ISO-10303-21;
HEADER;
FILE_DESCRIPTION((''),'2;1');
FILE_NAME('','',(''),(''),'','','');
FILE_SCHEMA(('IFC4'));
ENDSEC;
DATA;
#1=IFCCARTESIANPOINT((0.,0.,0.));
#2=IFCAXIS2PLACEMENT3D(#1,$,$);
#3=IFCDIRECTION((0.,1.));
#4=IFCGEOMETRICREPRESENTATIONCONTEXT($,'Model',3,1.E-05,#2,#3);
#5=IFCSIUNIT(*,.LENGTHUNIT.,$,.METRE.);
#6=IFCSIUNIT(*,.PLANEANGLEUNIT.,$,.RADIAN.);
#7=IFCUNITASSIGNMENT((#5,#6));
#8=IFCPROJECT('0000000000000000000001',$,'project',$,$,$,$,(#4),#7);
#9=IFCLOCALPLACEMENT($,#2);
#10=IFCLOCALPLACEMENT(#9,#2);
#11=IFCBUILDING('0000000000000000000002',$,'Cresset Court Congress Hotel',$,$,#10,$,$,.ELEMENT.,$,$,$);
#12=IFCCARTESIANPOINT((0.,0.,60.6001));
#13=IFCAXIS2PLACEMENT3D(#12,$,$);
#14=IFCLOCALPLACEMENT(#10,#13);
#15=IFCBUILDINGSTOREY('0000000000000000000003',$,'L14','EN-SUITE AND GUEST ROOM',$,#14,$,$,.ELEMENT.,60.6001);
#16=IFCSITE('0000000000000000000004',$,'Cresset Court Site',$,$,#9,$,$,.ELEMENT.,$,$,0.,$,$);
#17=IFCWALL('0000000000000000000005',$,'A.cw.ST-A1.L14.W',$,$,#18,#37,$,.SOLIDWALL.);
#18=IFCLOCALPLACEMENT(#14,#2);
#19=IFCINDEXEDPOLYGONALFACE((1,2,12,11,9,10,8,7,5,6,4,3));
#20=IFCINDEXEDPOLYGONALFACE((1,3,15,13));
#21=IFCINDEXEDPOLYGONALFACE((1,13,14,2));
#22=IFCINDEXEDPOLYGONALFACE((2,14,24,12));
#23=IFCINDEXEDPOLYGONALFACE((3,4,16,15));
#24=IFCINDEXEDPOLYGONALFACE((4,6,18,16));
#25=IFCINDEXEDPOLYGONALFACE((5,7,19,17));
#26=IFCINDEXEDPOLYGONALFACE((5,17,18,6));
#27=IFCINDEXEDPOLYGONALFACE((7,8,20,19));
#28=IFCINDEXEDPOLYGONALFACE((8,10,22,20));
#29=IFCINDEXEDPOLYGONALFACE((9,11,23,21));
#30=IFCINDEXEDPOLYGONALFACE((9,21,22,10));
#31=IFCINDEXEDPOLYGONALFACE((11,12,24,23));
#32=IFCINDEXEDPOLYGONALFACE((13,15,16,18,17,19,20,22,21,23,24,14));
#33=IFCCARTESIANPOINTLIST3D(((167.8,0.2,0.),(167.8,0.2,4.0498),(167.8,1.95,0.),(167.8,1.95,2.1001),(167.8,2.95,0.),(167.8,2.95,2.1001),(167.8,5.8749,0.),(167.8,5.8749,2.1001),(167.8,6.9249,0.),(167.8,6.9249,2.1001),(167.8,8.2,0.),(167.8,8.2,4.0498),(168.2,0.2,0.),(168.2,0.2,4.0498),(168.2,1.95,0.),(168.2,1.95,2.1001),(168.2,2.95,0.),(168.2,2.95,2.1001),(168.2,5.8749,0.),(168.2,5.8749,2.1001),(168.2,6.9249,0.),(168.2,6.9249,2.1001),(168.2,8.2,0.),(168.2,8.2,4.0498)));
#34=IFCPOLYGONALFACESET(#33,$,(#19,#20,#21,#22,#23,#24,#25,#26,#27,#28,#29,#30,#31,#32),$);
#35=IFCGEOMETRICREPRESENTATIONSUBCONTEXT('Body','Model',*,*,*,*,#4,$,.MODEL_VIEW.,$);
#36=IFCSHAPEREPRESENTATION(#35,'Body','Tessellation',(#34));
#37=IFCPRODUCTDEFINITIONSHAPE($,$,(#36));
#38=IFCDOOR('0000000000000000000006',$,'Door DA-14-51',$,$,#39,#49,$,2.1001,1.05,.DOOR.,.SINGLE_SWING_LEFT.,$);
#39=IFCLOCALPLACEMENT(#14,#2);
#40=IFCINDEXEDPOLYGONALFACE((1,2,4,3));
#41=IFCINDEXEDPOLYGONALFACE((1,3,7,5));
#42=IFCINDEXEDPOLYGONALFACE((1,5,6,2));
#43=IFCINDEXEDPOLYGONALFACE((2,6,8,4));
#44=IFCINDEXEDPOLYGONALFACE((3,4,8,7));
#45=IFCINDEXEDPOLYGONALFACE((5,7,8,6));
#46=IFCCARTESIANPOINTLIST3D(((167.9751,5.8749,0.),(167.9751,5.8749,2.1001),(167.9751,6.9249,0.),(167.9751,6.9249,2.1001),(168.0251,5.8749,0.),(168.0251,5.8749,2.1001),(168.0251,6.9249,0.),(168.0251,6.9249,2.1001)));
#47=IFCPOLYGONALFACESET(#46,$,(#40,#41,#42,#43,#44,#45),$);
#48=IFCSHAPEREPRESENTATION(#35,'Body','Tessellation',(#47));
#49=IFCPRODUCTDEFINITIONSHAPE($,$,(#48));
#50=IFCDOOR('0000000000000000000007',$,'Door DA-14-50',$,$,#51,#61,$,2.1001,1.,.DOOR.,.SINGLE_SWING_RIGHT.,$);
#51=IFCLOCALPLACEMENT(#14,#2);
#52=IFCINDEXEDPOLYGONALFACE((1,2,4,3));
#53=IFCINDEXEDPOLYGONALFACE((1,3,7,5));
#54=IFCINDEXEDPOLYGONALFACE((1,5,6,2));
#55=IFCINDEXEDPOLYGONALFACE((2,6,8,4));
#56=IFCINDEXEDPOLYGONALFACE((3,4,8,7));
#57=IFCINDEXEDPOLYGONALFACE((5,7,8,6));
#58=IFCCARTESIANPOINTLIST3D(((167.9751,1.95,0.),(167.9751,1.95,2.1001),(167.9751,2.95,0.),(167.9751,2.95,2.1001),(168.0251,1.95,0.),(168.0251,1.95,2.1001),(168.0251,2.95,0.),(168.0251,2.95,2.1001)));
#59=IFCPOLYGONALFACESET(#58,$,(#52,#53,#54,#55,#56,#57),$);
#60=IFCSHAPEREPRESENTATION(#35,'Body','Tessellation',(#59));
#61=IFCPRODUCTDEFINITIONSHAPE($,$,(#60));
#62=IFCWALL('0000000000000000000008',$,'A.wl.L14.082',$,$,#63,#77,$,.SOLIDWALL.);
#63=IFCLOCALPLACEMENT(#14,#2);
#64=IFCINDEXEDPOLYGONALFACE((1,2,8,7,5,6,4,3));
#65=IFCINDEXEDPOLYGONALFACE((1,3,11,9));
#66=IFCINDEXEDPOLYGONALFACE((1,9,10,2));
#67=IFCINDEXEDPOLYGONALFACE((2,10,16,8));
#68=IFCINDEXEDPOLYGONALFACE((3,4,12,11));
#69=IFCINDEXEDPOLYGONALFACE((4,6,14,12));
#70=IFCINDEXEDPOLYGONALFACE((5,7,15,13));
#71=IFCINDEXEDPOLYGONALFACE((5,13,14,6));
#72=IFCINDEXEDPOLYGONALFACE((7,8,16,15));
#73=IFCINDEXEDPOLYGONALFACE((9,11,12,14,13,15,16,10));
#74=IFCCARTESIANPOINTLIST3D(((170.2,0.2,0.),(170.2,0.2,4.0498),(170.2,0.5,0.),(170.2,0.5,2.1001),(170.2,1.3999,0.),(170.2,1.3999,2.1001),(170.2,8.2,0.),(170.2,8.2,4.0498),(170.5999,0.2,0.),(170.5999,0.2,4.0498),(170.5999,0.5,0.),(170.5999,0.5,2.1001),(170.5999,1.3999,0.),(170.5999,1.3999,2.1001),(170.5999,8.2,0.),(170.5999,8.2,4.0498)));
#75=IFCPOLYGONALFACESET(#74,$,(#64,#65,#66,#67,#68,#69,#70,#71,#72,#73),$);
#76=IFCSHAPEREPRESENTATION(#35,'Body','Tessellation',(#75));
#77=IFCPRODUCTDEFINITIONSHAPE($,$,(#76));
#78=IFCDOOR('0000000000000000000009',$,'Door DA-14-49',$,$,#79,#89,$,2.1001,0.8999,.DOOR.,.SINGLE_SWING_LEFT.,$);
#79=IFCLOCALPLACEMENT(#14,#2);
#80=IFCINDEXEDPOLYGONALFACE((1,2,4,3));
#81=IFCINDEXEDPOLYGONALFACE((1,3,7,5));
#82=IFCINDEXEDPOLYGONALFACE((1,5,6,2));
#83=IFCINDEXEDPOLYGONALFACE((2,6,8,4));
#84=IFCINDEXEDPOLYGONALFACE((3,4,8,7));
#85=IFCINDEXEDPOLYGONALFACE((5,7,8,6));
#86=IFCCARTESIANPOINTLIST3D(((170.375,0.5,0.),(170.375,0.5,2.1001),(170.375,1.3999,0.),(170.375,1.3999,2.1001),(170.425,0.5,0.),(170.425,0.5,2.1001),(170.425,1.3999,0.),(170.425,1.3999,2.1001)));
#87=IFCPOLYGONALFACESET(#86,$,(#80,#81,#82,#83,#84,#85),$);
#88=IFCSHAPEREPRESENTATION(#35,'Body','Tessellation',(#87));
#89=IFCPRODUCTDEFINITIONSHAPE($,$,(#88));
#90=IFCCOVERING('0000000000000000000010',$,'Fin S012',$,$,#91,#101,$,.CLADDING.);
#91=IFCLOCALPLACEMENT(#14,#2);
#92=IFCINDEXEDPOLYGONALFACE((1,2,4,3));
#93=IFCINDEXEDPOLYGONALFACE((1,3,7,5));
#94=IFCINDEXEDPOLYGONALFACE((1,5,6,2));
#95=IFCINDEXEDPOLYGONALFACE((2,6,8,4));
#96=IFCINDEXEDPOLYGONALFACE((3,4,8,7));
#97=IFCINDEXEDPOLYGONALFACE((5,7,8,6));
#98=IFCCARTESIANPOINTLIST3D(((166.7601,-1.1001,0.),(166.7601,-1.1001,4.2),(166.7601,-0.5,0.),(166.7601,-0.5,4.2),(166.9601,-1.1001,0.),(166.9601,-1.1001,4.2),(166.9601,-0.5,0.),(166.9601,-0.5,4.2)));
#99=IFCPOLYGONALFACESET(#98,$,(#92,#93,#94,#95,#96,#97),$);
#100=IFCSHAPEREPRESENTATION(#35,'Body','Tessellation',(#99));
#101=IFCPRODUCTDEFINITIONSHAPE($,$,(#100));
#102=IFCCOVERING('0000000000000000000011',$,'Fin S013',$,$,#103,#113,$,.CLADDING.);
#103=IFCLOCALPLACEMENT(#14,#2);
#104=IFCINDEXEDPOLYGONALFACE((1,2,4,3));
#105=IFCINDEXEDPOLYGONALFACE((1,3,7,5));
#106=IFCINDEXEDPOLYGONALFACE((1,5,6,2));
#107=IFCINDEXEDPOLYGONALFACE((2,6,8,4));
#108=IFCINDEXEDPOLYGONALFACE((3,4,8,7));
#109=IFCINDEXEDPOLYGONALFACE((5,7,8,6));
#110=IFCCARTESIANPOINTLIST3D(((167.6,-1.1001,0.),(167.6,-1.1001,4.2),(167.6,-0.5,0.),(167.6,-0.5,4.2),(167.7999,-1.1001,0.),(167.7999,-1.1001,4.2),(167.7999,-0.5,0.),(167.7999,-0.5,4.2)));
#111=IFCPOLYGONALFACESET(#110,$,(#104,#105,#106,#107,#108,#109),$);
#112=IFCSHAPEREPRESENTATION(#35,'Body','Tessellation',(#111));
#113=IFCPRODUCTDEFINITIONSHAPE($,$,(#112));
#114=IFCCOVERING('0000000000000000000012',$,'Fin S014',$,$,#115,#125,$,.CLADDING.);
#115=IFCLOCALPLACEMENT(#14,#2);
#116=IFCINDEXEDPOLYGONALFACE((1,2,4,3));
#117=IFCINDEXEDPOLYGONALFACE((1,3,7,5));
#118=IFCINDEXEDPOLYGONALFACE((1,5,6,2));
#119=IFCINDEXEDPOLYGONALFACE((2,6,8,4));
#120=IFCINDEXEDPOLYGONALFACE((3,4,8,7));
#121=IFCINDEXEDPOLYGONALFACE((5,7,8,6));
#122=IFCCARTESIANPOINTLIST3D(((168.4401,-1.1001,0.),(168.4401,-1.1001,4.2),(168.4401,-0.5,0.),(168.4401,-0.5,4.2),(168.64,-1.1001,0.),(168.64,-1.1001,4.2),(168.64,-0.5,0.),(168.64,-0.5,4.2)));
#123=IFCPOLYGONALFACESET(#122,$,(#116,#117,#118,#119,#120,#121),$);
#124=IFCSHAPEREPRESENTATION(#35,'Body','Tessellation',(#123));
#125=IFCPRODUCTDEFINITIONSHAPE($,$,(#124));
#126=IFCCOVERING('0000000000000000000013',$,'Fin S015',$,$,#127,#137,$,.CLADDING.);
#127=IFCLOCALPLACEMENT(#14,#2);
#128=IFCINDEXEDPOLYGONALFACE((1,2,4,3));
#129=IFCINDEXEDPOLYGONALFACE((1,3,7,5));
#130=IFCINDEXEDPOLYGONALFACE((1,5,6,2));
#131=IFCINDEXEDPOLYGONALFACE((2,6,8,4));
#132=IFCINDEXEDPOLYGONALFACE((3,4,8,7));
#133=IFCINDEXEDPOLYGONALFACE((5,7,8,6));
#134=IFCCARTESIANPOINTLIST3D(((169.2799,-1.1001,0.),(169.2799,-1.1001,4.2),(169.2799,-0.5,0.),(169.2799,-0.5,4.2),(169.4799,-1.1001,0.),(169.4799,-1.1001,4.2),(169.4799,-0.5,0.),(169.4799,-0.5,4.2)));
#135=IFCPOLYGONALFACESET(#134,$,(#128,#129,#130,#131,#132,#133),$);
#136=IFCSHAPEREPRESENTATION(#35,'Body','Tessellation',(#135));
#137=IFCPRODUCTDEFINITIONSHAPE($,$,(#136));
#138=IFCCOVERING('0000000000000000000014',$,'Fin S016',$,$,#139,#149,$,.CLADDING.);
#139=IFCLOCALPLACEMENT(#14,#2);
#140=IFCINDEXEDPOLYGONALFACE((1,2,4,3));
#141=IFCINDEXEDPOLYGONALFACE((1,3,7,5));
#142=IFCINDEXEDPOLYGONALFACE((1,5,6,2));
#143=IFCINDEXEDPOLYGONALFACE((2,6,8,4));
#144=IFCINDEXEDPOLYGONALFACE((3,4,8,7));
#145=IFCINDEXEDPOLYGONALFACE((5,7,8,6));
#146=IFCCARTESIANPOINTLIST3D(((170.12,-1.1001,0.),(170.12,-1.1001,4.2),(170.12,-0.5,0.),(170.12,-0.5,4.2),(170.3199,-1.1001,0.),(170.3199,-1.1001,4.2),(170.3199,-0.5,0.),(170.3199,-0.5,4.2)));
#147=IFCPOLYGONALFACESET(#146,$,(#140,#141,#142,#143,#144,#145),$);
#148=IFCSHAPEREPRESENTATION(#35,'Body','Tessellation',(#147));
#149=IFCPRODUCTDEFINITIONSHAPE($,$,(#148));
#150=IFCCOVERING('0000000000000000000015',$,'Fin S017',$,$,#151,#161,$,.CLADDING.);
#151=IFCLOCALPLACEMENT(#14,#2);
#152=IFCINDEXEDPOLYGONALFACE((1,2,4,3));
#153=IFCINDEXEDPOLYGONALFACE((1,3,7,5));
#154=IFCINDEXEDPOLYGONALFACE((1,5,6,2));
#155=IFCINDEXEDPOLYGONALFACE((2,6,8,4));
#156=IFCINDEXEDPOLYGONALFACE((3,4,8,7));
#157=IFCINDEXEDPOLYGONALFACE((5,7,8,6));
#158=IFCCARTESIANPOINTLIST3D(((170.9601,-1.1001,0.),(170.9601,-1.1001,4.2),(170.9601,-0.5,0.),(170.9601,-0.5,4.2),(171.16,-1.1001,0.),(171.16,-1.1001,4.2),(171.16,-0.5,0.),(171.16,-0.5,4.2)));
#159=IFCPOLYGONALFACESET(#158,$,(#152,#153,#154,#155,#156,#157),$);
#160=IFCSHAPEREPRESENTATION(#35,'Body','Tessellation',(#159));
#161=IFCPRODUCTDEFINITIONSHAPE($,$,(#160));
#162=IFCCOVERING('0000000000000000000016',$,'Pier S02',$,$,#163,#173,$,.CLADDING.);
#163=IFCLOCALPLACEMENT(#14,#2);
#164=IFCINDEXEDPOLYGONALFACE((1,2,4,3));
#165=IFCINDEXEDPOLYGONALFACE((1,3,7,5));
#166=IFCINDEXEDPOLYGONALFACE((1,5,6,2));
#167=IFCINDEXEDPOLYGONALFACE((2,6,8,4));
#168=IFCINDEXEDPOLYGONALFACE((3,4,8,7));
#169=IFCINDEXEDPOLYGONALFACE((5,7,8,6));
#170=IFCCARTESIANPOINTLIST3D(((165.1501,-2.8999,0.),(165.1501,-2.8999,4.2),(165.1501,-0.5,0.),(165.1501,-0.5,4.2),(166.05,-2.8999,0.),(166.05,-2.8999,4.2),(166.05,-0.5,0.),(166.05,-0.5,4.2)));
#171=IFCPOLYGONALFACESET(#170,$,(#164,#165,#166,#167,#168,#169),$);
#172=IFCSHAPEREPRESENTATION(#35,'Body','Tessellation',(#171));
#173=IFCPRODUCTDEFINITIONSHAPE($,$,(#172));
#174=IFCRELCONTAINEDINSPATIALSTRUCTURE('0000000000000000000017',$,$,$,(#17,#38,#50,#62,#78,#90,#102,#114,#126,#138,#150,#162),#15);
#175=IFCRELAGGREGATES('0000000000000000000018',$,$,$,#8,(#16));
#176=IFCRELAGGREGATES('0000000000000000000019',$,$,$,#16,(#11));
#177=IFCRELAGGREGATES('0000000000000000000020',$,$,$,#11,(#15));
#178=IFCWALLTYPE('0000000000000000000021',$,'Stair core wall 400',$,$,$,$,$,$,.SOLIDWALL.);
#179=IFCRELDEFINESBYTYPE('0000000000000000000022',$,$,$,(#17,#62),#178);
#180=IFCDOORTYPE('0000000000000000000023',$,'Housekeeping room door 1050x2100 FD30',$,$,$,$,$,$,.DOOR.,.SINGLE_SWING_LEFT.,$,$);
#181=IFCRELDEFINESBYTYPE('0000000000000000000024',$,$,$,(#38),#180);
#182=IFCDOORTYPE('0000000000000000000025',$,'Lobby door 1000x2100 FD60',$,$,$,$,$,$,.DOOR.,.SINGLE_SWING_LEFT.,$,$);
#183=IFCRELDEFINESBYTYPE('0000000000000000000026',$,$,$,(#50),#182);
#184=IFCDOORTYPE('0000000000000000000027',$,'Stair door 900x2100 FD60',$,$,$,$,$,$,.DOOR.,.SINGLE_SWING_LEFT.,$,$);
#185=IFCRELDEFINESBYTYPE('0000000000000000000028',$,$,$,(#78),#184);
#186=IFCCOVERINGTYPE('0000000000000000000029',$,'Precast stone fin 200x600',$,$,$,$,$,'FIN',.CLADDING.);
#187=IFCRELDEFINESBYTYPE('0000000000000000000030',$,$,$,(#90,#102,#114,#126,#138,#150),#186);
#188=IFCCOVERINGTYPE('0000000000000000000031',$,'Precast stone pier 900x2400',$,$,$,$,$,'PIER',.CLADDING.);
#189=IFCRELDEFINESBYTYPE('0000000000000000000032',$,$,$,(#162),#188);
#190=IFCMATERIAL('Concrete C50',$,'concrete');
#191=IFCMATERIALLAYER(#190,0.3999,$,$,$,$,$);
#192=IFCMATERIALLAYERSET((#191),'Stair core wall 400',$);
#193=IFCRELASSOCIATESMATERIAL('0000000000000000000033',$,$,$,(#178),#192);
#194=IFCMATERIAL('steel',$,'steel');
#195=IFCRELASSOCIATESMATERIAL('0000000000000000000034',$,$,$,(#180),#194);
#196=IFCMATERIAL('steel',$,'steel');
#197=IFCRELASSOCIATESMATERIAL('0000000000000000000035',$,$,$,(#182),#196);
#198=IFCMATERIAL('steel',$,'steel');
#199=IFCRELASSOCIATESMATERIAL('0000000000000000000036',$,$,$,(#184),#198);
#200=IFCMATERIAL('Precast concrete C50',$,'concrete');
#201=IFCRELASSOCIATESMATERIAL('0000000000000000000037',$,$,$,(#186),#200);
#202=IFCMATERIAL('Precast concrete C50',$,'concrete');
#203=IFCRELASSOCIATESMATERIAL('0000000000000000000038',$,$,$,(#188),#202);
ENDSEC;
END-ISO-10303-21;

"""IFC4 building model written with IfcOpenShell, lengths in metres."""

from ifc_helpers import new_model, si_unit, direction, frame, frame_2d, origin, origin_2d, place, context, subcontext, project, spatial, rectangle, extrude, material, layer, layer_set, type_object, element, fill, save


model = new_model("IFC4")

# Units and contexts
model_context = context("Model", 3, precision=1e-05, world=origin(), true_north=direction((0.0, 1.0)))
body_context = subcontext(model_context, "Body", "Model", "MODEL_VIEW")
ifc_project = project(units=[si_unit("LENGTHUNIT", "METRE"), si_unit("PLANEANGLEUNIT", "RADIAN")], contexts=[model_context])

# Site, building, storey
site_placement = place(None, origin())
site = spatial("IfcSite", under=ifc_project, at=site_placement, Name="Cresset Court Site", CompositionType="ELEMENT", RefElevation=0.0)
building_placement = place(site_placement, origin())
building = spatial("IfcBuilding", under=site, at=building_placement, Name="Cresset Court Congress Hotel", CompositionType="ELEMENT")
storey_placement = place(building_placement, frame((0.0, 0.0, 60.6001)))
storey = spatial("IfcBuildingStorey", under=building, at=storey_placement, Name="L14", Description="EN-SUITE AND GUEST ROOM", CompositionType="ELEMENT", Elevation=60.6001)

# Shared definitions
ifc_material_1 = material(Name="Concrete C50", Category="concrete")
ifc_layer_1 = layer(ifc_material_1, 0.3999)
ifc_layer_set_1 = layer_set([ifc_layer_1], Name="Stair core wall 400")
wall_type_1 = type_object("IfcWallType", Name="Stair core wall 400", PredefinedType="SOLIDWALL", material=ifc_layer_set_1)

# Wall, openings, doors
wall_1_placement = place(storey_placement, frame((168.0, 0.2, 0.0), z_axis=(0.0, 0.0, 1.0), x_axis=(0.0, 1.0, 0.0)))
wall_1 = element("IfcWall", 1, at=wall_1_placement, inside=storey, type_object=wall_type_1, Name="A.cw.ST-A1.L14.W", PredefinedType="SOLIDWALL", context=body_context, shape_type="SweptSolid", body=[
    extrude(rectangle(XDim=8.0, YDim=0.3999, at=frame_2d((4.0, 0.0))), origin(), (0.0, 0.0, 1.0), 4.0498),
])
opening_1_placement = place(wall_1_placement, frame((1.75, 0.0, 0.0)))
opening_1 = element("IfcOpeningElement", 2, at=opening_1_placement, cuts=wall_1, PredefinedType="OPENING", context=body_context, shape_type="SweptSolid", body=[
    extrude(rectangle(XDim=1.0, YDim=2.1001, at=frame_2d((0.5, 1.05))), frame((0.0, 0.21, 0.0), z_axis=(0.0, -1.0, 0.0), x_axis=(1.0, 0.0, 0.0)), (0.0, 0.0, 1.0), 0.4199),
])
opening_2_placement = place(wall_1_placement, frame((5.675, 0.0, 0.0)))
opening_2 = element("IfcOpeningElement", 3, at=opening_2_placement, cuts=wall_1, PredefinedType="OPENING", context=body_context, shape_type="SweptSolid", body=[
    extrude(rectangle(XDim=1.05, YDim=2.1001, at=frame_2d((0.5249, 1.05))), frame((0.0, 0.21, 0.0), z_axis=(0.0, -1.0, 0.0), x_axis=(1.0, 0.0, 0.0)), (0.0, 0.0, 1.0), 0.4199),
])
ifc_material_2 = material(Name="steel", Category="steel")
door_type_1 = type_object("IfcDoorType", Name="Housekeeping room door 1050x2100 FD30", OperationType="SINGLE_SWING_LEFT", PredefinedType="DOOR", material=ifc_material_2)
door_1_placement = place(opening_2_placement, origin())
door_1 = element("IfcDoor", 4, at=door_1_placement, inside=storey, type_object=door_type_1, Name="Door DA-14-51", OperationType="SINGLE_SWING_LEFT", OverallHeight=2.1001, OverallWidth=1.05, PredefinedType="DOOR", context=body_context, shape_type="SweptSolid", body=[
    extrude(rectangle(XDim=1.05, YDim=2.1001, at=frame_2d((0.5249, 1.05))), frame((0.0, 0.0249, 0.0), z_axis=(0.0, -1.0, 0.0), x_axis=(1.0, 0.0, 0.0)), (0.0, 0.0, 1.0), 0.05),
])
fill(opening_2, door_1)
ifc_material_3 = material(Name="steel", Category="steel")
door_type_2 = type_object("IfcDoorType", Name="Lobby door 1000x2100 FD60", OperationType="SINGLE_SWING_LEFT", PredefinedType="DOOR", material=ifc_material_3)
door_2_placement = place(opening_1_placement, origin())
door_2 = element("IfcDoor", 5, at=door_2_placement, inside=storey, type_object=door_type_2, Name="Door DA-14-50", OperationType="SINGLE_SWING_RIGHT", OverallHeight=2.1001, OverallWidth=1.0, PredefinedType="DOOR", context=body_context, shape_type="SweptSolid", body=[
    extrude(rectangle(XDim=1.0, YDim=2.1001, at=frame_2d((0.5, 1.05))), frame((0.0, 0.0249, 0.0), z_axis=(0.0, -1.0, 0.0), x_axis=(1.0, 0.0, 0.0)), (0.0, 0.0, 1.0), 0.05),
])
fill(opening_1, door_2)

# Wall, opening, door
wall_2_placement = place(storey_placement, frame((170.3999, 0.2, 0.0), z_axis=(0.0, 0.0, 1.0), x_axis=(0.0, 1.0, 0.0)))
wall_2 = element("IfcWall", 6, at=wall_2_placement, inside=storey, type_object=wall_type_1, Name="A.wl.L14.082", PredefinedType="SOLIDWALL", context=body_context, shape_type="SweptSolid", body=[
    extrude(rectangle(XDim=8.0, YDim=0.3999, at=frame_2d((4.0, 0.0))), origin(), (0.0, 0.0, 1.0), 4.0498),
])
opening_3_placement = place(wall_2_placement, frame((0.3, 0.0, 0.0)))
opening_3 = element("IfcOpeningElement", 7, at=opening_3_placement, cuts=wall_2, PredefinedType="OPENING", context=body_context, shape_type="SweptSolid", body=[
    extrude(rectangle(XDim=0.8999, YDim=2.1001, at=frame_2d((0.45, 1.05))), frame((0.0, 0.21, 0.0), z_axis=(0.0, -1.0, 0.0), x_axis=(1.0, 0.0, 0.0)), (0.0, 0.0, 1.0), 0.4199),
])
ifc_material_4 = material(Name="steel", Category="steel")
door_type_3 = type_object("IfcDoorType", Name="Stair door 900x2100 FD60", OperationType="SINGLE_SWING_LEFT", PredefinedType="DOOR", material=ifc_material_4)
door_3_placement = place(opening_3_placement, origin())
door_3 = element("IfcDoor", 8, at=door_3_placement, inside=storey, type_object=door_type_3, Name="Door DA-14-49", OperationType="SINGLE_SWING_LEFT", OverallHeight=2.1001, OverallWidth=0.8999, PredefinedType="DOOR", context=body_context, shape_type="SweptSolid", body=[
    extrude(rectangle(XDim=0.8999, YDim=2.1001, at=frame_2d((0.45, 1.05))), frame((0.0, 0.0249, 0.0), z_axis=(0.0, -1.0, 0.0), x_axis=(1.0, 0.0, 0.0)), (0.0, 0.0, 1.0), 0.05),
])
fill(opening_3, door_3)

# Coverings
ifc_material_5 = material(Name="Precast concrete C50", Category="concrete")
covering_type_1 = type_object("IfcCoveringType", Name="Precast stone fin 200x600", ElementType="FIN", PredefinedType="CLADDING", material=ifc_material_5)
for number, where, z_axis, x_axis, name in (
    (9, (166.8601, -0.8, 0.0), (0.0, 0.0, 1.0), (1.0, 0.0, 0.0), "Fin S012"),
    (10, (167.7, -0.8, 0.0), (0.0, 0.0, 1.0), (1.0, 0.0, 0.0), "Fin S013"),
    (11, (168.54, -0.8, 0.0), (0.0, 0.0, 1.0), (1.0, 0.0, 0.0), "Fin S014"),
    (12, (169.3799, -0.8, 0.0), (0.0, 0.0, 1.0), (1.0, 0.0, 0.0), "Fin S015"),
    (13, (170.22, -0.8, 0.0), (0.0, 0.0, 1.0), (1.0, 0.0, 0.0), "Fin S016"),
    (14, (171.0601, -0.8, 0.0), (0.0, 0.0, 1.0), (1.0, 0.0, 0.0), "Fin S017"),
):
    element("IfcCovering", number, at=place(storey_placement, frame(where, z_axis=z_axis, x_axis=x_axis)), inside=storey, type_object=covering_type_1, Name=name, PredefinedType="CLADDING", context=body_context, shape_type="SweptSolid", body=[
        extrude(rectangle(XDim=0.2, YDim=0.6001, at=origin_2d()), origin(), (0.0, 0.0, 1.0), 4.2),
    ])
ifc_material_6 = material(Name="Precast concrete C50", Category="concrete")
covering_type_2 = type_object("IfcCoveringType", Name="Precast stone pier 900x2400", ElementType="PIER", PredefinedType="CLADDING", material=ifc_material_6)
covering_placement = place(storey_placement, frame((165.6001, -1.7, 0.0), z_axis=(0.0, 0.0, 1.0), x_axis=(1.0, 0.0, 0.0)))
element("IfcCovering", 15, at=covering_placement, inside=storey, type_object=covering_type_2, Name="Pier S02", PredefinedType="CLADDING", context=body_context, shape_type="SweptSolid", body=[
    extrude(rectangle(XDim=0.8999, YDim=2.3999, at=origin_2d()), origin(), (0.0, 0.0, 1.0), 4.2),
])

save(model, "model.ifc")
